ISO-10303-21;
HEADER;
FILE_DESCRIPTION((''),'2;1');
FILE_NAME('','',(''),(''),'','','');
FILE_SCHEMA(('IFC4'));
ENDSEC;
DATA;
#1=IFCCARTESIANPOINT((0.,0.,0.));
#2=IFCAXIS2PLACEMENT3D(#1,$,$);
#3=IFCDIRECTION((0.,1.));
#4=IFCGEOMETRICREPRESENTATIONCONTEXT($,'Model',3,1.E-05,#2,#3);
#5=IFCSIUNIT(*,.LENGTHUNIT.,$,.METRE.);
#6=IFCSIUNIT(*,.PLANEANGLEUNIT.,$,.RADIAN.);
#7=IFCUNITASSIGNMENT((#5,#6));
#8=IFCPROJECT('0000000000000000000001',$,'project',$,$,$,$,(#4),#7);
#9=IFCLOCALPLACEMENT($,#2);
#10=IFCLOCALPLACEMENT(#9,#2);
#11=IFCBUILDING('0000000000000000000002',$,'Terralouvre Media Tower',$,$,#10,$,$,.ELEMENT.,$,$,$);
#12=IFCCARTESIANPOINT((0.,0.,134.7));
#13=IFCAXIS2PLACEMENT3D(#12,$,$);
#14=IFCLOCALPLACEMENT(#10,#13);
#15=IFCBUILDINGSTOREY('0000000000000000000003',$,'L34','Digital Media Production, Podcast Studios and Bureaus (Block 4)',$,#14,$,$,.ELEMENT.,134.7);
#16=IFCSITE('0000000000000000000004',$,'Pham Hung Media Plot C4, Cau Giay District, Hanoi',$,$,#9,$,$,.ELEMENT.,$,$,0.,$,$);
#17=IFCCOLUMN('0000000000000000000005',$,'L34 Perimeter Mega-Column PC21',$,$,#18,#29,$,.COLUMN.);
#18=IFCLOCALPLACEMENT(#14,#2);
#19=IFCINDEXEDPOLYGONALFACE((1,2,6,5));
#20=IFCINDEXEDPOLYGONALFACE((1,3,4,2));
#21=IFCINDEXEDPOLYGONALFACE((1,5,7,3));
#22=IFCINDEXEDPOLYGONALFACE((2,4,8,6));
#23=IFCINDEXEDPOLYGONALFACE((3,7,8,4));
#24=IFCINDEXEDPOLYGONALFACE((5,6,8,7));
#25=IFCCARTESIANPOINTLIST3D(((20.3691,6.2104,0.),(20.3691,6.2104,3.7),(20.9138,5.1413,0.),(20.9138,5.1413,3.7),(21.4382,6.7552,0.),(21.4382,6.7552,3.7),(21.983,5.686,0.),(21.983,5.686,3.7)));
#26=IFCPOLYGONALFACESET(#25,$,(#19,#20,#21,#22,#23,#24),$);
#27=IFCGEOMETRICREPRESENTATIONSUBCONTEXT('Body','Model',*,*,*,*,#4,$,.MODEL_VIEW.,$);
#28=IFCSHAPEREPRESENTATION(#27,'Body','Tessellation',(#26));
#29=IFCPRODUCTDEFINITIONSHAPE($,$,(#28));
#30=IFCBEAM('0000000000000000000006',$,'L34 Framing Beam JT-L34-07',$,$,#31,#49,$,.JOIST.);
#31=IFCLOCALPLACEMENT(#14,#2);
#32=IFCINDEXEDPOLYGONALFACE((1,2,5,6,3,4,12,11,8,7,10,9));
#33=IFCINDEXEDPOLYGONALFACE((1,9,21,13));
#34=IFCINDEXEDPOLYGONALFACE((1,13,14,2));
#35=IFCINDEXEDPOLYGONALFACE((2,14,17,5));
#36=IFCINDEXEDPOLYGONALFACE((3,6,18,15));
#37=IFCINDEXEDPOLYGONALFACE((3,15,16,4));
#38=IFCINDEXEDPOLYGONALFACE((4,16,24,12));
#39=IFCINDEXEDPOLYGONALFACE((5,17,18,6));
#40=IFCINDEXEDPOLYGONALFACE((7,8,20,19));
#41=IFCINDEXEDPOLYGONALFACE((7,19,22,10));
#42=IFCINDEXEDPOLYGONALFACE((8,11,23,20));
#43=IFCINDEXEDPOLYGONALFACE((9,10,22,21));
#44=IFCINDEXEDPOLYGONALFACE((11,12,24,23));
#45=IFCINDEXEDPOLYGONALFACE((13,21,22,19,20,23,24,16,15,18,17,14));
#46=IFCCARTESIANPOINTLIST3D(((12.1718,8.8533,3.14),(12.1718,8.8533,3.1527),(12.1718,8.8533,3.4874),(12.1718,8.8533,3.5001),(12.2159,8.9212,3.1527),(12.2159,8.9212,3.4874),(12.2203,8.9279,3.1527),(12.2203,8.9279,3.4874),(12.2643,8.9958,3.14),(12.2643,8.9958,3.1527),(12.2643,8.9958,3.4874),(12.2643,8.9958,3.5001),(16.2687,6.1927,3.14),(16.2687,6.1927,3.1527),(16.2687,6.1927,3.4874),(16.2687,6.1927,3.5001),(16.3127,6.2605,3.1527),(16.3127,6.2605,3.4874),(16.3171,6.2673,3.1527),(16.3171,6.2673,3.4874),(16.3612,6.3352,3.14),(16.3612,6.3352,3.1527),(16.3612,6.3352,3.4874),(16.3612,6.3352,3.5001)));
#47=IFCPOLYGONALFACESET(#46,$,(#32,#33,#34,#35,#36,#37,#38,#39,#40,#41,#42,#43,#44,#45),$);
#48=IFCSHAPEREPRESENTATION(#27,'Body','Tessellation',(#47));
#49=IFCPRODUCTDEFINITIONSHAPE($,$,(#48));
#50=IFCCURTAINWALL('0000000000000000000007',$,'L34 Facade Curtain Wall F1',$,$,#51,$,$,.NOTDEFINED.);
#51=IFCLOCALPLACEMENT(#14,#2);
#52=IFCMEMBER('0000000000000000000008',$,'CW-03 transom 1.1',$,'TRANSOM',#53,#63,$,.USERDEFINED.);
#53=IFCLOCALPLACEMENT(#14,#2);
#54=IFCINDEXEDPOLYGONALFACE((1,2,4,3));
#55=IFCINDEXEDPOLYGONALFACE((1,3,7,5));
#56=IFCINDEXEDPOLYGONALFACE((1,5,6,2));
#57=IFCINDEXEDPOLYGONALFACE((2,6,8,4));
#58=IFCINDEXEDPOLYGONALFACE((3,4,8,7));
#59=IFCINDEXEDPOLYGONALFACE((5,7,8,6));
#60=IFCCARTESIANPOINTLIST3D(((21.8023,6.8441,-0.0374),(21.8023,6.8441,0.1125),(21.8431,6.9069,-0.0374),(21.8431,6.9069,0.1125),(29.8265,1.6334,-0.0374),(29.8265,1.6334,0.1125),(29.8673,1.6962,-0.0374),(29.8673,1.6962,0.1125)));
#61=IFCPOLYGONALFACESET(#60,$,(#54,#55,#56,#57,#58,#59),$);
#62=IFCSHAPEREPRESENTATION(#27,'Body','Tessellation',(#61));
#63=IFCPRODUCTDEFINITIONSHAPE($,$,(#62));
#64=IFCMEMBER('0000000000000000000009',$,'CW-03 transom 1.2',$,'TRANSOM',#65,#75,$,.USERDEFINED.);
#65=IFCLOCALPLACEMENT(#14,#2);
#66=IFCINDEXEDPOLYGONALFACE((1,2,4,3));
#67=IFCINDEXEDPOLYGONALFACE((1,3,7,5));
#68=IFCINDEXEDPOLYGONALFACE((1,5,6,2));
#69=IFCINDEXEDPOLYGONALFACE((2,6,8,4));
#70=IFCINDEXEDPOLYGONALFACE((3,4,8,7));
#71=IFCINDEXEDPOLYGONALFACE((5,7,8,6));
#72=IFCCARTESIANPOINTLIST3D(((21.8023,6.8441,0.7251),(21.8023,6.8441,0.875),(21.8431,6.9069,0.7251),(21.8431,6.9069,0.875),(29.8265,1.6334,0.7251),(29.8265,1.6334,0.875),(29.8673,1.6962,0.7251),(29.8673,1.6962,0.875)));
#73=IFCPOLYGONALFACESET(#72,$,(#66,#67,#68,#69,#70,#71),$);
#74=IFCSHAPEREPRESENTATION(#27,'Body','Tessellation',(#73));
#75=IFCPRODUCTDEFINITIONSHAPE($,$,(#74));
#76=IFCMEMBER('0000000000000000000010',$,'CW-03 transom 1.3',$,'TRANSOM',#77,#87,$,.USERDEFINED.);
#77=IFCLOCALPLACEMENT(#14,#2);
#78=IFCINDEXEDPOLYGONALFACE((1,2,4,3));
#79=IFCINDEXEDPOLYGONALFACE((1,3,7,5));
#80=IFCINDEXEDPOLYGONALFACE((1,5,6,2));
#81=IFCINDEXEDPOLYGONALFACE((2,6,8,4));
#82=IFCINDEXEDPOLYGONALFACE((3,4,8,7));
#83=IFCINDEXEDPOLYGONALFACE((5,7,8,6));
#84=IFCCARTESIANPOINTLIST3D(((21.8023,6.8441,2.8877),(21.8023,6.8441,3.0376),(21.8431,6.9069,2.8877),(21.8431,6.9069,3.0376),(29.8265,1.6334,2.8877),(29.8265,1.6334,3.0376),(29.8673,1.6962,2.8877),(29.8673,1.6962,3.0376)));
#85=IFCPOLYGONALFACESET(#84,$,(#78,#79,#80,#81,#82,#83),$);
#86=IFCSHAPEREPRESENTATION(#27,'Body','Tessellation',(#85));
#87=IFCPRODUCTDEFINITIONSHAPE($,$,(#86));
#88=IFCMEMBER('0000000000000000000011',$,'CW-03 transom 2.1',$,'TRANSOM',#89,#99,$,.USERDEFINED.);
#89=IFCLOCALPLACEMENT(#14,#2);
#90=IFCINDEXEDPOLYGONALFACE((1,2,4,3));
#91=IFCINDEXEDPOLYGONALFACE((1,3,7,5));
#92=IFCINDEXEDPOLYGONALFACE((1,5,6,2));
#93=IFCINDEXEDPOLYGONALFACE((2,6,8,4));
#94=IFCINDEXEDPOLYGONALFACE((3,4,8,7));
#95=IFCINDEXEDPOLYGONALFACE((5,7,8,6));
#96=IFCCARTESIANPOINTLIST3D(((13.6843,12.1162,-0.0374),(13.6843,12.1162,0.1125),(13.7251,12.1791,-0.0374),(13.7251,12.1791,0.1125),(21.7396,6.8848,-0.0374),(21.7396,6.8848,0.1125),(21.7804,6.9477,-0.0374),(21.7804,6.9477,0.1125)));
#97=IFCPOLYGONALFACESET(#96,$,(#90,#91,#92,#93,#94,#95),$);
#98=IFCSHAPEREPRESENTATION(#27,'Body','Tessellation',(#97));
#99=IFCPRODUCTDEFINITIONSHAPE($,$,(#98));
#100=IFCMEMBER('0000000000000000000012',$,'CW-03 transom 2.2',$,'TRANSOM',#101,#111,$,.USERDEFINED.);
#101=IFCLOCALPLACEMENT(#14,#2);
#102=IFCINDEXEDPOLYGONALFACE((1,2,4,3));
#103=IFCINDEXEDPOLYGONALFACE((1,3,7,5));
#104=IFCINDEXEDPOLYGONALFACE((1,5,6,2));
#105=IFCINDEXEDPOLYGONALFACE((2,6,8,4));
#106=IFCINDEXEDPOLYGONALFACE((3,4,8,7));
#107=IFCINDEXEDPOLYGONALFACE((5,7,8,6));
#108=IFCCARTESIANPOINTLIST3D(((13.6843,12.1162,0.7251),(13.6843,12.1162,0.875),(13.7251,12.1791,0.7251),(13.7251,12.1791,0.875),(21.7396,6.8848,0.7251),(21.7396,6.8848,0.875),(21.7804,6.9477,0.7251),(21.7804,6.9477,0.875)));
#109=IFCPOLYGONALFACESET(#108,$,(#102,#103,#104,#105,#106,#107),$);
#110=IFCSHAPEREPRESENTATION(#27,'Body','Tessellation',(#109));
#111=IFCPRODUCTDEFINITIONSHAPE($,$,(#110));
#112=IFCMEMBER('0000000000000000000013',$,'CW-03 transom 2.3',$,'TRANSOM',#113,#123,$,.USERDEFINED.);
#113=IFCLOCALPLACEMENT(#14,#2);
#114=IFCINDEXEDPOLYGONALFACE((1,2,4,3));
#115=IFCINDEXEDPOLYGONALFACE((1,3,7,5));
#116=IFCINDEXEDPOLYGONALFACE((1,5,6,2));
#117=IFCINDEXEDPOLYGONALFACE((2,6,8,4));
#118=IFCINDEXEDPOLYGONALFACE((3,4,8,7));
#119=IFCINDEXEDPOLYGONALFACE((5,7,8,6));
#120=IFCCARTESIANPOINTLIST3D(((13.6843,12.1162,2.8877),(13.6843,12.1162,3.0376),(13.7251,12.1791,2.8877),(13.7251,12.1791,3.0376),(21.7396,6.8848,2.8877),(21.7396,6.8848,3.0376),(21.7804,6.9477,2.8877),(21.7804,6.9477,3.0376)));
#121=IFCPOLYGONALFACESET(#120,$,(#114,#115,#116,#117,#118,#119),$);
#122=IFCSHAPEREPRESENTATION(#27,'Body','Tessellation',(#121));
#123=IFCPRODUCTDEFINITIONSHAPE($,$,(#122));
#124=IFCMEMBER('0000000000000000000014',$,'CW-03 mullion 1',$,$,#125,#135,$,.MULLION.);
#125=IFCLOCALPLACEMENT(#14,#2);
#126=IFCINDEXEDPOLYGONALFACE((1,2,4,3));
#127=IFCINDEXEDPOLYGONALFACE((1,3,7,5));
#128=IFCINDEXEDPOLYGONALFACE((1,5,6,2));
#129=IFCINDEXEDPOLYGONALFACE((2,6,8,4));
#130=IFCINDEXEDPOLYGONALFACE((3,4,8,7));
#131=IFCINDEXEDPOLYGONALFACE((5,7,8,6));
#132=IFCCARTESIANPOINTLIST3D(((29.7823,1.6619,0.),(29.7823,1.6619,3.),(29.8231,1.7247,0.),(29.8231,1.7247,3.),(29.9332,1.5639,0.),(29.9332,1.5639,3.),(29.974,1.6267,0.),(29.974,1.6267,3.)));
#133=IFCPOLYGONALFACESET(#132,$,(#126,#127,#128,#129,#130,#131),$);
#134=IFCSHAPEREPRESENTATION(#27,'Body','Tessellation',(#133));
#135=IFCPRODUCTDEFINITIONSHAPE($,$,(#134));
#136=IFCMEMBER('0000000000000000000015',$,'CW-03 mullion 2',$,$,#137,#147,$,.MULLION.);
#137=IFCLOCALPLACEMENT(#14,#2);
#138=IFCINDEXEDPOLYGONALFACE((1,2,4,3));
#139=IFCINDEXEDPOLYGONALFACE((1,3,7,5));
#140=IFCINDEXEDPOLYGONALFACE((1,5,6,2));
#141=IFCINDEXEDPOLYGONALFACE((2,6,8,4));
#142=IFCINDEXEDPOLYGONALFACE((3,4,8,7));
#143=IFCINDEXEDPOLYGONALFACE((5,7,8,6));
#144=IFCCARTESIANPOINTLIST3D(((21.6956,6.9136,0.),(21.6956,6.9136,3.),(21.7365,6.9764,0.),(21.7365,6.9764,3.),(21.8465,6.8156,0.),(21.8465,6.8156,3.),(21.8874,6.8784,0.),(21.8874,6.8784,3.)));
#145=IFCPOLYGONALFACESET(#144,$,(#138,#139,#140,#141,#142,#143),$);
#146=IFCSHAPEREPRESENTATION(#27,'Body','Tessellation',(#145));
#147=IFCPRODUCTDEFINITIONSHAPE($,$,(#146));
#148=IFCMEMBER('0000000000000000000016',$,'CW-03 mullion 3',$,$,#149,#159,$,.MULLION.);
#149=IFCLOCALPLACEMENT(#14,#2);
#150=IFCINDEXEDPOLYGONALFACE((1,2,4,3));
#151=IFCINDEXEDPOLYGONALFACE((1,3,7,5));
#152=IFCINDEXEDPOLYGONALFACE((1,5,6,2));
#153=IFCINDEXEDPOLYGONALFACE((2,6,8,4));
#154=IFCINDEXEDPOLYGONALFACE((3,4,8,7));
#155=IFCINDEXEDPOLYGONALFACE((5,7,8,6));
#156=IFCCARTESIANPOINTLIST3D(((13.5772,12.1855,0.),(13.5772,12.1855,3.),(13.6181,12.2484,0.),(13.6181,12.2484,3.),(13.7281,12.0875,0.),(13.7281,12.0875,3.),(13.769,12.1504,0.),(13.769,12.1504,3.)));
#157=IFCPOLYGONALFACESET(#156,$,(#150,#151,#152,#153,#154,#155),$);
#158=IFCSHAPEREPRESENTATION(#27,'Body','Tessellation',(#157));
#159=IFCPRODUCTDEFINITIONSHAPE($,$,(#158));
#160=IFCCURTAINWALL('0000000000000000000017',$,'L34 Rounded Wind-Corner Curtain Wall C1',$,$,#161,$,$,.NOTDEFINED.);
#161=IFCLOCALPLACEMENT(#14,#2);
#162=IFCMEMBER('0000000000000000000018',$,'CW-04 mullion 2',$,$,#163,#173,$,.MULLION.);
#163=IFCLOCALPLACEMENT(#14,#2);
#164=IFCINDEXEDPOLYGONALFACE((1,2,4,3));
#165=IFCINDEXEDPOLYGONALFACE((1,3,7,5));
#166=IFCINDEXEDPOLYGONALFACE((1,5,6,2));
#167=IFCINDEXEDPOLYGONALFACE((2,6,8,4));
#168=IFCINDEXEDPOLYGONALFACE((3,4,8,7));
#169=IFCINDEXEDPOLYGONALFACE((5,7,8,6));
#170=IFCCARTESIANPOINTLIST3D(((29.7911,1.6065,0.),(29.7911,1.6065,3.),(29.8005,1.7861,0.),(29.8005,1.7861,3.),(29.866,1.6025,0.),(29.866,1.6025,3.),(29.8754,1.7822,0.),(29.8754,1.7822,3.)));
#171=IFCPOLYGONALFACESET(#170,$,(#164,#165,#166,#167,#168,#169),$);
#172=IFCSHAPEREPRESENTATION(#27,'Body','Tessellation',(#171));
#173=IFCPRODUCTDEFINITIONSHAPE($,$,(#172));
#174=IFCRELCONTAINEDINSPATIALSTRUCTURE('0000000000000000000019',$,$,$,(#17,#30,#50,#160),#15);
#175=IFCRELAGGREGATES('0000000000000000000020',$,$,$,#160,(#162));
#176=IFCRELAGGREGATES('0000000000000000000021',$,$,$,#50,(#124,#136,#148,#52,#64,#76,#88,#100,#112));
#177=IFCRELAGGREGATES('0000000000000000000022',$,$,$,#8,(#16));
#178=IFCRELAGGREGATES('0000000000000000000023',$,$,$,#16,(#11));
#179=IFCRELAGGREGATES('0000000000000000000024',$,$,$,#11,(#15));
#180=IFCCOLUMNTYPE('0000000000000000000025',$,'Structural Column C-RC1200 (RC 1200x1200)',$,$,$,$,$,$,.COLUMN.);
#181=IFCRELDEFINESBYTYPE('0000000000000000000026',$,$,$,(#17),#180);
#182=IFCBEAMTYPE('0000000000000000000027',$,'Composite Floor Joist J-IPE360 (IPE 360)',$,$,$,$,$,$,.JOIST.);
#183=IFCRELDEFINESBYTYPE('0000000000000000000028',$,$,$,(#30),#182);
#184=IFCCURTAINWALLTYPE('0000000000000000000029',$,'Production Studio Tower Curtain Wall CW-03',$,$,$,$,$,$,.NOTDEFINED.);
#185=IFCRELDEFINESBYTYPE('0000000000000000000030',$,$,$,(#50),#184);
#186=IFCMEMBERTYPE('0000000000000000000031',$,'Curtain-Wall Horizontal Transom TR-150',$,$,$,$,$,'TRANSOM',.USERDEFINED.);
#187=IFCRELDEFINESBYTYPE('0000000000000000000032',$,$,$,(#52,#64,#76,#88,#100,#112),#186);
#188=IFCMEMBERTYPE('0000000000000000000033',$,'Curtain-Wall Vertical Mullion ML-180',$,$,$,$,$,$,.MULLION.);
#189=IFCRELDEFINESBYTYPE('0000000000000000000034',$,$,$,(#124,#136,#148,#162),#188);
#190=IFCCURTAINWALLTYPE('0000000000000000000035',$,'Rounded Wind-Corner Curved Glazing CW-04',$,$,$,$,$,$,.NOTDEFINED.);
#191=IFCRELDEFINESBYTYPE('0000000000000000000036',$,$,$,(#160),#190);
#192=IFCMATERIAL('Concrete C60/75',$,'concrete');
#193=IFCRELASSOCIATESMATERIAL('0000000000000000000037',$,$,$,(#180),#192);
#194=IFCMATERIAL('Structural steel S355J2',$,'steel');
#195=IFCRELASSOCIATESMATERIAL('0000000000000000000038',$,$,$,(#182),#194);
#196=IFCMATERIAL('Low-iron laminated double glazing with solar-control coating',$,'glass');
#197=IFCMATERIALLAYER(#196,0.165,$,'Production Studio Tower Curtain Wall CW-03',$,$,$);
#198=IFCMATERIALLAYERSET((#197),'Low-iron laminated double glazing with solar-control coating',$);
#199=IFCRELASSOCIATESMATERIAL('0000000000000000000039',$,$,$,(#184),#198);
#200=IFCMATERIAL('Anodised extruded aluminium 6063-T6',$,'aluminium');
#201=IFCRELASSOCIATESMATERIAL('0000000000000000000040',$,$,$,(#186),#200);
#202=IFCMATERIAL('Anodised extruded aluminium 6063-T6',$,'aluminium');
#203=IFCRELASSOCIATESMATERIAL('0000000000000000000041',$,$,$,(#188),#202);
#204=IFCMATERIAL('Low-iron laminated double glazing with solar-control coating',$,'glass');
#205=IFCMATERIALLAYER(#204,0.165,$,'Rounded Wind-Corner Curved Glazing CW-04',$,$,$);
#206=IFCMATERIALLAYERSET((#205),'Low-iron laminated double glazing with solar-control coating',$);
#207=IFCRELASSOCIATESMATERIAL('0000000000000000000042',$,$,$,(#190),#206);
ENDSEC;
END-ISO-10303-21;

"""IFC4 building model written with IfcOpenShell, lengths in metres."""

from ifc_helpers import new_model, si_unit, direction, frame, origin, origin_2d, place, context, subcontext, project, spatial, rectangle, i_section, extrude, material, layer, layer_set, material_profile, profile_set, type_object, element, aggregate, save


model = new_model("IFC4")

# Units and contexts
model_context = context("Model", 3, precision=1e-05, world=origin(), true_north=direction((0.0, 1.0)))
body_context = subcontext(model_context, "Body", "Model", "MODEL_VIEW")
ifc_project = project(units=[si_unit("LENGTHUNIT", "METRE"), si_unit("PLANEANGLEUNIT", "RADIAN")], contexts=[model_context])

# Site, building, storey
site_placement = place(None, origin())
site = spatial("IfcSite", under=ifc_project, at=site_placement, Name="Pham Hung Media Plot C4, Cau Giay District, Hanoi", CompositionType="ELEMENT", RefElevation=0.0)
building_placement = place(site_placement, origin())
building = spatial("IfcBuilding", under=site, at=building_placement, Name="Terralouvre Media Tower", CompositionType="ELEMENT")
storey_placement = place(building_placement, frame((0.0, 0.0, 134.7)))
storey = spatial("IfcBuildingStorey", under=building, at=storey_placement, Name="L34", Description="Digital Media Production, Podcast Studios and Bureaus (Block 4)", CompositionType="ELEMENT", Elevation=134.7)

# Column
ifc_material_1 = material(Name="Concrete C60/75", Category="concrete")
ifc_material_profile_1 = material_profile(ifc_material_1, rectangle(XDim=1.2, YDim=1.2, at=origin_2d()), Name="RC 1200x1200")
ifc_profile_set_1 = profile_set([ifc_material_profile_1], Name="Concrete C60/75")
column_type = type_object("IfcColumnType", Name="Structural Column C-RC1200 (RC 1200x1200)", PredefinedType="COLUMN", material=ifc_profile_set_1)
column_placement = place(storey_placement, frame((21.176, 5.9482, 0.0), z_axis=(0.0, 0.0, 1.0), x_axis=(0.891007, 0.45399, 0.0)))
element("IfcColumn", 1, at=column_placement, inside=storey, type_object=column_type, Name="L34 Perimeter Mega-Column PC21", PredefinedType="COLUMN", context=body_context, shape_type="SweptSolid", body=[
    extrude(rectangle(XDim=1.2, YDim=1.2, at=origin_2d()), origin(), (0.0, 0.0, 1.0), 3.7),
])

# Beam
ifc_material_2 = material(Name="Structural steel S355J2", Category="steel")
ifc_material_profile_2 = material_profile(ifc_material_2, i_section(OverallWidth=0.1699, OverallDepth=0.3601, WebThickness=0.0081, FlangeThickness=0.0127, at=origin_2d()), Name="IPE 360")
ifc_profile_set_2 = profile_set([ifc_material_profile_2], Name="Structural steel S355J2")
beam_type_1 = type_object("IfcBeamType", Name="Composite Floor Joist J-IPE360 (IPE 360)", PredefinedType="JOIST", material=ifc_profile_set_2)
beam_1_placement = place(storey_placement, frame((16.3149, 6.2639, 3.3201), z_axis=(-0.838664, 0.544649, 0.0), x_axis=(-0.544649, -0.838664, 0.0)))
element("IfcBeam", 2, at=beam_1_placement, inside=storey, type_object=beam_type_1, Name="L34 Framing Beam JT-L34-07", PredefinedType="JOIST", context=body_context, shape_type="SweptSolid", body=[
    extrude(i_section(OverallWidth=0.1699, OverallDepth=0.3601, WebThickness=0.0081, FlangeThickness=0.0127, at=origin_2d()), origin(), (0.0, 0.0, 1.0), 4.885),
])

# Curtain wall, members
ifc_material_3 = material(Name="Low-iron laminated double glazing with solar-control coating", Category="glass")
ifc_layer_1 = layer(ifc_material_3, 0.165, Name="Production Studio Tower Curtain Wall CW-03")
ifc_layer_set_1 = layer_set([ifc_layer_1], Name="Low-iron laminated double glazing with solar-control coating")
curtain_wall_type_1 = type_object("IfcCurtainWallType", Name="Production Studio Tower Curtain Wall CW-03", PredefinedType="NOTDEFINED", material=ifc_layer_set_1)
curtain_wall_1_placement = place(storey_placement, origin())
curtain_wall_1 = element("IfcCurtainWall", 3, at=curtain_wall_1_placement, inside=storey, type_object=curtain_wall_type_1, Name="L34 Facade Curtain Wall F1", PredefinedType="NOTDEFINED")
ifc_material_4 = material(Name="Anodised extruded aluminium 6063-T6", Category="aluminium")
ifc_material_profile_3 = material_profile(ifc_material_4, rectangle(XDim=0.075, YDim=0.1499, at=origin_2d()), Name="ALU 75x150")
ifc_profile_set_3 = profile_set([ifc_material_profile_3], Name="Anodised extruded aluminium 6063-T6")
member_type_1 = type_object("IfcMemberType", Name="Curtain-Wall Horizontal Transom TR-150", ElementType="TRANSOM", PredefinedType="USERDEFINED", material=ifc_profile_set_3)
member_1_placement = place(storey_placement, frame((29.8469, 1.6648, 0.0376), z_axis=(-0.838683, 0.54462, 0.0), x_axis=(-0.54462, -0.838683, 0.0)))
member_1 = element("IfcMember", 4, at=member_1_placement, type_object=member_type_1, Name="CW-03 transom 1.1", ObjectType="TRANSOM", PredefinedType="USERDEFINED", context=body_context, shape_type="SweptSolid", body=[
    extrude(rectangle(XDim=0.075, YDim=0.1499, at=origin_2d()), origin(), (0.0, 0.0, 1.0), 9.5676),
])
member_2_placement = place(storey_placement, frame((29.8469, 1.6648, 0.8), z_axis=(-0.838683, 0.54462, 0.0), x_axis=(-0.54462, -0.838683, 0.0)))
member_2 = element("IfcMember", 5, at=member_2_placement, type_object=member_type_1, Name="CW-03 transom 1.2", ObjectType="TRANSOM", PredefinedType="USERDEFINED", context=body_context, shape_type="SweptSolid", body=[
    extrude(rectangle(XDim=0.075, YDim=0.1499, at=origin_2d()), origin(), (0.0, 0.0, 1.0), 9.5676),
])
member_3_placement = place(storey_placement, frame((29.8469, 1.6648, 2.9626), z_axis=(-0.838683, 0.54462, 0.0), x_axis=(-0.54462, -0.838683, 0.0)))
member_3 = element("IfcMember", 6, at=member_3_placement, type_object=member_type_1, Name="CW-03 transom 1.3", ObjectType="TRANSOM", PredefinedType="USERDEFINED", context=body_context, shape_type="SweptSolid", body=[
    extrude(rectangle(XDim=0.075, YDim=0.1499, at=origin_2d()), origin(), (0.0, 0.0, 1.0), 9.5676),
])
member_4_placement = place(storey_placement, frame((21.76, 6.9163, 0.0376), z_axis=(-0.838661, 0.544653, 0.0), x_axis=(-0.544653, -0.838661, 0.0)))
member_4 = element("IfcMember", 7, at=member_4_placement, type_object=member_type_1, Name="CW-03 transom 2.1", ObjectType="TRANSOM", PredefinedType="USERDEFINED", context=body_context, shape_type="SweptSolid", body=[
    extrude(rectangle(XDim=0.075, YDim=0.1499, at=origin_2d()), origin(), (0.0, 0.0, 1.0), 9.605),
])
member_5_placement = place(storey_placement, frame((21.76, 6.9163, 0.8), z_axis=(-0.838661, 0.544653, 0.0), x_axis=(-0.544653, -0.838661, 0.0)))
member_5 = element("IfcMember", 8, at=member_5_placement, type_object=member_type_1, Name="CW-03 transom 2.2", ObjectType="TRANSOM", PredefinedType="USERDEFINED", context=body_context, shape_type="SweptSolid", body=[
    extrude(rectangle(XDim=0.075, YDim=0.1499, at=origin_2d()), origin(), (0.0, 0.0, 1.0), 9.605),
])
member_6_placement = place(storey_placement, frame((21.76, 6.9163, 2.9626), z_axis=(-0.838661, 0.544653, 0.0), x_axis=(-0.544653, -0.838661, 0.0)))
member_6 = element("IfcMember", 9, at=member_6_placement, type_object=member_type_1, Name="CW-03 transom 2.3", ObjectType="TRANSOM", PredefinedType="USERDEFINED", context=body_context, shape_type="SweptSolid", body=[
    extrude(rectangle(XDim=0.075, YDim=0.1499, at=origin_2d()), origin(), (0.0, 0.0, 1.0), 9.605),
])
ifc_material_5 = material(Name="Anodised extruded aluminium 6063-T6", Category="aluminium")
ifc_material_profile_4 = material_profile(ifc_material_5, rectangle(XDim=0.075, YDim=0.1799, at=origin_2d()), Name="ALU 75x180")
ifc_profile_set_4 = profile_set([ifc_material_profile_4], Name="Anodised extruded aluminium 6063-T6")
member_type_2 = type_object("IfcMemberType", Name="Curtain-Wall Vertical Mullion ML-180", PredefinedType="MULLION", material=ifc_profile_set_4)
member_7_placement = place(storey_placement, frame((29.8782, 1.6443, 0.0), z_axis=(0.0, 0.0, 1.0), x_axis=(-0.544639, -0.838671, 0.0)))
member_7 = element("IfcMember", 10, at=member_7_placement, type_object=member_type_2, Name="CW-03 mullion 1", PredefinedType="MULLION", context=body_context, shape_type="SweptSolid", body=[
    extrude(rectangle(XDim=0.075, YDim=0.1799, at=origin_2d()), origin(), (0.0, 0.0, 1.0), 3.0),
])
member_8_placement = place(storey_placement, frame((21.7915, 6.896, 0.0), z_axis=(0.0, 0.0, 1.0), x_axis=(-0.544639, -0.838671, 0.0)))
member_8 = element("IfcMember", 11, at=member_8_placement, type_object=member_type_2, Name="CW-03 mullion 2", PredefinedType="MULLION", context=body_context, shape_type="SweptSolid", body=[
    extrude(rectangle(XDim=0.075, YDim=0.1799, at=origin_2d()), origin(), (0.0, 0.0, 1.0), 3.0),
])
member_9_placement = place(storey_placement, frame((13.6731, 12.168, 0.0), z_axis=(0.0, 0.0, 1.0), x_axis=(-0.544639, -0.838671, 0.0)))
member_9 = element("IfcMember", 12, at=member_9_placement, type_object=member_type_2, Name="CW-03 mullion 3", PredefinedType="MULLION", context=body_context, shape_type="SweptSolid", body=[
    extrude(rectangle(XDim=0.075, YDim=0.1799, at=origin_2d()), origin(), (0.0, 0.0, 1.0), 3.0),
])

# Curtain wall, member
ifc_material_6 = material(Name="Low-iron laminated double glazing with solar-control coating", Category="glass")
ifc_layer_2 = layer(ifc_material_6, 0.165, Name="Rounded Wind-Corner Curved Glazing CW-04")
ifc_layer_set_2 = layer_set([ifc_layer_2], Name="Low-iron laminated double glazing with solar-control coating")
curtain_wall_type_2 = type_object("IfcCurtainWallType", Name="Rounded Wind-Corner Curved Glazing CW-04", PredefinedType="NOTDEFINED", material=ifc_layer_set_2)
curtain_wall_2_placement = place(storey_placement, origin())
curtain_wall_2 = element("IfcCurtainWall", 13, at=curtain_wall_2_placement, inside=storey, type_object=curtain_wall_type_2, Name="L34 Rounded Wind-Corner Curtain Wall C1", PredefinedType="NOTDEFINED")
member_10_placement = place(storey_placement, frame((29.8333, 1.6943, 0.0), z_axis=(0.0, 0.0, 1.0), x_axis=(-0.998629, 0.052337, 0.0)))
member_10 = element("IfcMember", 14, at=member_10_placement, type_object=member_type_2, Name="CW-04 mullion 2", PredefinedType="MULLION", context=body_context, shape_type="SweptSolid", body=[
    extrude(rectangle(XDim=0.075, YDim=0.1799, at=origin_2d()), origin(), (0.0, 0.0, 1.0), 3.0),
])
aggregate(curtain_wall_2, [member_10])

aggregate(curtain_wall_1, [member_7, member_8, member_9, member_1, member_2, member_3, member_4, member_5, member_6])

save(model, "model.ifc")
